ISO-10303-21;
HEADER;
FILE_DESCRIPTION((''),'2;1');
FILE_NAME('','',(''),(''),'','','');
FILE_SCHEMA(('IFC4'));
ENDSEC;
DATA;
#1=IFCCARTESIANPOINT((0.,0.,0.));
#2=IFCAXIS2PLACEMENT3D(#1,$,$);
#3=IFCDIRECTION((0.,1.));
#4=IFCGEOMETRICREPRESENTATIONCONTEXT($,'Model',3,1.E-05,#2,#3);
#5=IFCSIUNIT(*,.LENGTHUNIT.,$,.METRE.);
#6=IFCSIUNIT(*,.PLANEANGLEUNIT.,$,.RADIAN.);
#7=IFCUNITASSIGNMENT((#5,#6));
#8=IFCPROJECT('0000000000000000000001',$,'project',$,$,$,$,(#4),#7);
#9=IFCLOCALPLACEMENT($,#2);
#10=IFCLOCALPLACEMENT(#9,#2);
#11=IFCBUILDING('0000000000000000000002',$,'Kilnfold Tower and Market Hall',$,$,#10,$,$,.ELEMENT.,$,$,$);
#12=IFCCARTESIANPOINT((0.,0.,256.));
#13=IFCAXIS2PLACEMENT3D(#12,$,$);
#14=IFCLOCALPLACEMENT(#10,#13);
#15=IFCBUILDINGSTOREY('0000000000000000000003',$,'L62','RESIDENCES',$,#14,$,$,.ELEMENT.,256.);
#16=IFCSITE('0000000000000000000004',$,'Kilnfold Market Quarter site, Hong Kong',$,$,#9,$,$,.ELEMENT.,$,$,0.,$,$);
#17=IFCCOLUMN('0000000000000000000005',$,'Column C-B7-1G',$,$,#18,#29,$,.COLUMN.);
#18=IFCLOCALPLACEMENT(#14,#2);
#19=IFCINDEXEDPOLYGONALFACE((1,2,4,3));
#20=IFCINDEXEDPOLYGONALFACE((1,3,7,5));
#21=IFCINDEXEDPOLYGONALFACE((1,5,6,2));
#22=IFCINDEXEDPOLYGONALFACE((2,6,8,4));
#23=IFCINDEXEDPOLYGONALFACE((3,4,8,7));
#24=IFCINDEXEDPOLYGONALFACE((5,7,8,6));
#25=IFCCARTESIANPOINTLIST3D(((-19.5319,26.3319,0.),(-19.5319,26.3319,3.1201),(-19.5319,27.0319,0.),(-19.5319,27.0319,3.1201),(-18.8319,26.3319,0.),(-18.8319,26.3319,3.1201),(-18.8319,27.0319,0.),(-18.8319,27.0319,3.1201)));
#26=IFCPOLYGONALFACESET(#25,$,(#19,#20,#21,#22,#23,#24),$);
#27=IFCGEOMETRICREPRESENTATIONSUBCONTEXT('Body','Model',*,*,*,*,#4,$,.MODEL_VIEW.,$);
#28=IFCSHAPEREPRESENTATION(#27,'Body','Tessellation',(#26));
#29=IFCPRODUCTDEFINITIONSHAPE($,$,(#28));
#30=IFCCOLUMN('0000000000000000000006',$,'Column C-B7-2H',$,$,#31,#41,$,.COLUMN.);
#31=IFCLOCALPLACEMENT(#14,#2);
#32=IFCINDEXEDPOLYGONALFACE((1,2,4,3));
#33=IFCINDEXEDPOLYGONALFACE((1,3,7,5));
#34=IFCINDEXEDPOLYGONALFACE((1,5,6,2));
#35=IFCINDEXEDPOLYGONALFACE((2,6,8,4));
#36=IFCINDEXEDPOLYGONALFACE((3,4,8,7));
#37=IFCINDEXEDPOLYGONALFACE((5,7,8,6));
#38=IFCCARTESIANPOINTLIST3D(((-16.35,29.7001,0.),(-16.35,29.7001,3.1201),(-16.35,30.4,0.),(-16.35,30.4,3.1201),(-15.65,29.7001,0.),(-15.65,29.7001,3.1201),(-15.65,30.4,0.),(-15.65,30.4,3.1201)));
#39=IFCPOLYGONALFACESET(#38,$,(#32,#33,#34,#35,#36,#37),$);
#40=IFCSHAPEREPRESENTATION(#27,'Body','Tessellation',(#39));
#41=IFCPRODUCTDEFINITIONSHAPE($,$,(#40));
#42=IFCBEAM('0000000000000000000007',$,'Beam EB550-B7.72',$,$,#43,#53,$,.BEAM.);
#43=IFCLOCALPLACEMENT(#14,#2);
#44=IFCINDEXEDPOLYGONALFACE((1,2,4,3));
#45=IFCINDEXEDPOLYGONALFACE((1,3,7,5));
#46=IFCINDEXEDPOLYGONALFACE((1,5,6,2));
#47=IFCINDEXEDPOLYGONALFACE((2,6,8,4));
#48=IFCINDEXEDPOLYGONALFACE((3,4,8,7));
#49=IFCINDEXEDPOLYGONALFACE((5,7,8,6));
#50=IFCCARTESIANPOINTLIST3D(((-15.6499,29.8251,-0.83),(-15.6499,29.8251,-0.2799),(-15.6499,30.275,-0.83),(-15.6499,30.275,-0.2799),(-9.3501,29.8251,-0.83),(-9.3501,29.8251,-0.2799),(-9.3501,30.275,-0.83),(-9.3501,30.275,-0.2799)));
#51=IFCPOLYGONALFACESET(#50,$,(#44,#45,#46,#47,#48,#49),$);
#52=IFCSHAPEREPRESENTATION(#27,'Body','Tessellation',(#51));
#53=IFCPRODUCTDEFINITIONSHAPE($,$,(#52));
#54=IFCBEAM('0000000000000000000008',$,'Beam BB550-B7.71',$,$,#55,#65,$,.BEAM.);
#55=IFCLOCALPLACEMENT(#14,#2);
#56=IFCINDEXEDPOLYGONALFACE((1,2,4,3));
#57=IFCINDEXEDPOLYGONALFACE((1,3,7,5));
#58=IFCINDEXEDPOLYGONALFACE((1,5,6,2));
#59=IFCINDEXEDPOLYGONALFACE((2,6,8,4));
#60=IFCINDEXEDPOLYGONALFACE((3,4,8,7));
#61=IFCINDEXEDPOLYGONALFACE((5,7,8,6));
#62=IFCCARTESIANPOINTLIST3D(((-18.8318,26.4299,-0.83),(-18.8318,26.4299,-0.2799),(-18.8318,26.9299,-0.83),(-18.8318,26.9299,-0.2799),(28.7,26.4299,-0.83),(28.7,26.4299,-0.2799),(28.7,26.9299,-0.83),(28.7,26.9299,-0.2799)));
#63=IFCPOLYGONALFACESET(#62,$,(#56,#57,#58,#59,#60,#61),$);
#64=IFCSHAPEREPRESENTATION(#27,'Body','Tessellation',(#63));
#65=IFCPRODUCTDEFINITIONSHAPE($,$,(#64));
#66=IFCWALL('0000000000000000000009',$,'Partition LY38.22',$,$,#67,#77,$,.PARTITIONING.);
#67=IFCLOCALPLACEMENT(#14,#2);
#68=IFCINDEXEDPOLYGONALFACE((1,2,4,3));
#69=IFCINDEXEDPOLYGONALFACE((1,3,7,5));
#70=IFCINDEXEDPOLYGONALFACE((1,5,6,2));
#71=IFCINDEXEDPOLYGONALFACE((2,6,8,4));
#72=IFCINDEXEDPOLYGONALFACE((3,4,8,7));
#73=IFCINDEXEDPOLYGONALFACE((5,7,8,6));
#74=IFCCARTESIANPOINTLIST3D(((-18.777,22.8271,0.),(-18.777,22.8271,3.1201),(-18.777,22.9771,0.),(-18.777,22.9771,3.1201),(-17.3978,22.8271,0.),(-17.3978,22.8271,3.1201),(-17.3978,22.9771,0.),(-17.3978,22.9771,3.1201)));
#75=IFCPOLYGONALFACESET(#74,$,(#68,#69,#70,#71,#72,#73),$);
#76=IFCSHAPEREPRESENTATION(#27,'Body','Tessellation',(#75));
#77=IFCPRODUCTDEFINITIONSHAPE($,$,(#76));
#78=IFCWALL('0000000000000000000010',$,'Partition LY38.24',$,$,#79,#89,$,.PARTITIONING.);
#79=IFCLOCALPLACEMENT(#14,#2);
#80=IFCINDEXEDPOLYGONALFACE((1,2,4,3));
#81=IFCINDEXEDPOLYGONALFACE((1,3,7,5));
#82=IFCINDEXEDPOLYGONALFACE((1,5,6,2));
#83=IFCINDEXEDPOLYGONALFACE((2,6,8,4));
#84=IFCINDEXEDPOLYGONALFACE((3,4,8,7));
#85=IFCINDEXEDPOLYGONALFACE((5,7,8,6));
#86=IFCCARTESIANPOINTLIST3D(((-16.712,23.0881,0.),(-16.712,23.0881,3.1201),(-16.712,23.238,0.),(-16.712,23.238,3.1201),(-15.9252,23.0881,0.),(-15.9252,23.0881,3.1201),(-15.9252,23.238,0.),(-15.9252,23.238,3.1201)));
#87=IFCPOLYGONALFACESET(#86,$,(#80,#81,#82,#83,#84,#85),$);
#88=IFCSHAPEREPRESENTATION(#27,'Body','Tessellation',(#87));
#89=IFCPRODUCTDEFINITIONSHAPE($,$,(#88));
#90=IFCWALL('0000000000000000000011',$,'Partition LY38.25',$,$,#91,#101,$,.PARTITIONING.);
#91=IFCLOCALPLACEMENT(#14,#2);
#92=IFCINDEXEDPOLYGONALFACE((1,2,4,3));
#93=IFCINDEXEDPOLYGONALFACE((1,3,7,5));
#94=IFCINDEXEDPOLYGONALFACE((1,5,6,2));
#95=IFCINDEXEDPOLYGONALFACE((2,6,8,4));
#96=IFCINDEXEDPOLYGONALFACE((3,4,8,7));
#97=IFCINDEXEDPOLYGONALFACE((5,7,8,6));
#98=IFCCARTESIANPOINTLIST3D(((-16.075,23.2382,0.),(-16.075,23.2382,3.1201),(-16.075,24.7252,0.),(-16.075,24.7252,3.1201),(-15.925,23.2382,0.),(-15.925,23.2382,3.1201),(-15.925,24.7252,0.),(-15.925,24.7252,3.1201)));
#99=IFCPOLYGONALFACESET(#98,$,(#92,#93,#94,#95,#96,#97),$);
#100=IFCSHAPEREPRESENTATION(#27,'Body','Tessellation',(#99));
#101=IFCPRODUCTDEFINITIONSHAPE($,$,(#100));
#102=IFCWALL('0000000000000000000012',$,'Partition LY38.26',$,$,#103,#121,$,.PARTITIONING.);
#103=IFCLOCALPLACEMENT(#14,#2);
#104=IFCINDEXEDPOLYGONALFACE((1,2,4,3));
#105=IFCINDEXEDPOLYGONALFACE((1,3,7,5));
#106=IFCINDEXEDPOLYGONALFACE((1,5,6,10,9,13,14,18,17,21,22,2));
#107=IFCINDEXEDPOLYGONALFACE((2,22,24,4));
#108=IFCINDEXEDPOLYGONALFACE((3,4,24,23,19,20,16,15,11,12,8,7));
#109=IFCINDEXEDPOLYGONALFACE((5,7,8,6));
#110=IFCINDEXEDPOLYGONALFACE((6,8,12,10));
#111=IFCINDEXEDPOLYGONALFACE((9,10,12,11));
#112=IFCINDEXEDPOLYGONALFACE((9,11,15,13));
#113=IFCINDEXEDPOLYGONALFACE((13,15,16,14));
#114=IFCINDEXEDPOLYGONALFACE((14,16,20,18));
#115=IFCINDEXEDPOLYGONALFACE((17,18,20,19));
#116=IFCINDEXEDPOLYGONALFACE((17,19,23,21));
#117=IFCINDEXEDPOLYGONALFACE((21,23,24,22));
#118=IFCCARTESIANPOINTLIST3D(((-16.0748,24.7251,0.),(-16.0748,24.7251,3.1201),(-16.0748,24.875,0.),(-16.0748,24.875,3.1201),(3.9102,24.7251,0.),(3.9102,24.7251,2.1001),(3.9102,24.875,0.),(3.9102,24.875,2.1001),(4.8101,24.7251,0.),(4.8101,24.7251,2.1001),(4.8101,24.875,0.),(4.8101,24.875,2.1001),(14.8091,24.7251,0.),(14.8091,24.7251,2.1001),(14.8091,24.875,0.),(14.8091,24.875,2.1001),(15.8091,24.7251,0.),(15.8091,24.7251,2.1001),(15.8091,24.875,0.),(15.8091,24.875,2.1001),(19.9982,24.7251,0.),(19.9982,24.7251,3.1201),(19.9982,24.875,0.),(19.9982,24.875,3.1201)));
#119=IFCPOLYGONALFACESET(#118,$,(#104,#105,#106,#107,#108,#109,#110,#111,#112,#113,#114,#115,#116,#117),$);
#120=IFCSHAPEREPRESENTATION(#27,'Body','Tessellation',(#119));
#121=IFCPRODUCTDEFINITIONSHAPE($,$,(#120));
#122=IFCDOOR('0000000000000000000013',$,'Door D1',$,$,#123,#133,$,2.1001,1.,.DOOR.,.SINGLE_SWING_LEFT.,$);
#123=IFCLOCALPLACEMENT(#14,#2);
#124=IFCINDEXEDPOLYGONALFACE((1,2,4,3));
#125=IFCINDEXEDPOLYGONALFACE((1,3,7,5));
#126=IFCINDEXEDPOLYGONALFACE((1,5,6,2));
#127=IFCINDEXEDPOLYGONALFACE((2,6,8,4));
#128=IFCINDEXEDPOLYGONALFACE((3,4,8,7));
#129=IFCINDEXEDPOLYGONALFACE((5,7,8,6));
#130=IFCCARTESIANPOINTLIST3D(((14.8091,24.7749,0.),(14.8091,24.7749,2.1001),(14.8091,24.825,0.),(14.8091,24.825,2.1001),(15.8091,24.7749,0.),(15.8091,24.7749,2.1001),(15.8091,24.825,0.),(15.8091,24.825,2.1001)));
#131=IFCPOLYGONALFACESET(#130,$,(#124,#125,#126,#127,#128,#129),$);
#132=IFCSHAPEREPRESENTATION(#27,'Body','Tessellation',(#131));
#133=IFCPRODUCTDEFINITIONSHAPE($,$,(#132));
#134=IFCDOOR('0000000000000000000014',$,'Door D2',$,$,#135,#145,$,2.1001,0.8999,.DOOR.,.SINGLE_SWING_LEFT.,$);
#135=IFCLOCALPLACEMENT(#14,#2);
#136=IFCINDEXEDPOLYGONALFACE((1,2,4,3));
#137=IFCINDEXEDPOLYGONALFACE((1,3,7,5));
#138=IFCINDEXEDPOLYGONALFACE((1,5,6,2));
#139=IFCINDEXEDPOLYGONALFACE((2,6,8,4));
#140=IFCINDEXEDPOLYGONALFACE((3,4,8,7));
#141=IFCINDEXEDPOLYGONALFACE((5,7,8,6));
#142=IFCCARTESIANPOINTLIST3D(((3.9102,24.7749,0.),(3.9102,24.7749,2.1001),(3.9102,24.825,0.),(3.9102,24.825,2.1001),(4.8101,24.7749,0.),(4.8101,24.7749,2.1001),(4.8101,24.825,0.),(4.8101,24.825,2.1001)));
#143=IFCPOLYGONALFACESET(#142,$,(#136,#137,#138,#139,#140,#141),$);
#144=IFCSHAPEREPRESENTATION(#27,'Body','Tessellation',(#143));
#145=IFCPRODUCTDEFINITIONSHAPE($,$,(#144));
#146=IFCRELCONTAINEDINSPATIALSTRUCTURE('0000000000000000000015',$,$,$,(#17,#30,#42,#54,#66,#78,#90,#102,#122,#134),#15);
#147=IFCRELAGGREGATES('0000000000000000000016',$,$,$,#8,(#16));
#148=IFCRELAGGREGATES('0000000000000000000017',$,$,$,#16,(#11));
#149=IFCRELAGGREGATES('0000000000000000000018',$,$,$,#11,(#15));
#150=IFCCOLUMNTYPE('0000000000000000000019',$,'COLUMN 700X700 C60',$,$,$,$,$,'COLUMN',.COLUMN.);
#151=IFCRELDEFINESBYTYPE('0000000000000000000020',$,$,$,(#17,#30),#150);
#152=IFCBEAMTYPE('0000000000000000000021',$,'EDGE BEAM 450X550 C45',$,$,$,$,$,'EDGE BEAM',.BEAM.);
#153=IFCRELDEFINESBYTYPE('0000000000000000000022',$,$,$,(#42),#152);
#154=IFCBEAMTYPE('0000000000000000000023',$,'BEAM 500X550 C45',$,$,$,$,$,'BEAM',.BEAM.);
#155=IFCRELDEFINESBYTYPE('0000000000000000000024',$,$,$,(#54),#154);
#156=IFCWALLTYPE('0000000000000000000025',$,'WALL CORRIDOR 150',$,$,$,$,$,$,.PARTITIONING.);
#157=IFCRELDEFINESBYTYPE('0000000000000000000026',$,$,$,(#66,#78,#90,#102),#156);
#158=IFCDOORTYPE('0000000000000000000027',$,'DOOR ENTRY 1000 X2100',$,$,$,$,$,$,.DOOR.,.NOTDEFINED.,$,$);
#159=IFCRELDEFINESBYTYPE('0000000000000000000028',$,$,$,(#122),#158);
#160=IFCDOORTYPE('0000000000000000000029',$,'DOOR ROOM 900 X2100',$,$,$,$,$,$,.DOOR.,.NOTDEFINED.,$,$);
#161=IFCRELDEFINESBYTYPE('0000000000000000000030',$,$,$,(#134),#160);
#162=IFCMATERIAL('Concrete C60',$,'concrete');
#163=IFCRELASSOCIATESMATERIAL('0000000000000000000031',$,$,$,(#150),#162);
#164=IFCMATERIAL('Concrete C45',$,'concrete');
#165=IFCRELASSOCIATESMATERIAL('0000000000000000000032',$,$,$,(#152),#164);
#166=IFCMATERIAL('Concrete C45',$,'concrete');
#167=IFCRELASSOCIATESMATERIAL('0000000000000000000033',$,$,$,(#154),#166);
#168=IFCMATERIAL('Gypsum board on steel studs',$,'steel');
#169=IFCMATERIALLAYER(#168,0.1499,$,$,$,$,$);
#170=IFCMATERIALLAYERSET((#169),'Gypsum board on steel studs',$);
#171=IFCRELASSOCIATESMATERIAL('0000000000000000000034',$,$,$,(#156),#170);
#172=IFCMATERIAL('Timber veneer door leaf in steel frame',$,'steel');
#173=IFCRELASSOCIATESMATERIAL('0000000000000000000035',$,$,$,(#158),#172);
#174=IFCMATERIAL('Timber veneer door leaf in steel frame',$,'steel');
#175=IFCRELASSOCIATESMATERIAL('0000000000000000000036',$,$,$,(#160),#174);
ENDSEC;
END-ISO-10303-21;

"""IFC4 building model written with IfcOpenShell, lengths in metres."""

from ifc_helpers import new_model, si_unit, direction, frame, frame_2d, origin, origin_2d, place, context, subcontext, project, spatial, rectangle, extrude, source, transform, mapped, material, layer, layer_set, material_profile, profile_set, type_object, element, fill, save


model = new_model("IFC4")

# Units and contexts
model_context = context("Model", 3, precision=1e-05, world=origin(), true_north=direction((0.0, 1.0)))
body_context = subcontext(model_context, "Body", "Model", "MODEL_VIEW")
ifc_project = project(units=[si_unit("LENGTHUNIT", "METRE"), si_unit("PLANEANGLEUNIT", "RADIAN")], contexts=[model_context])

# Site, building, storey
site_placement = place(None, origin())
site = spatial("IfcSite", under=ifc_project, at=site_placement, Name="Kilnfold Market Quarter site, Hong Kong", CompositionType="ELEMENT", RefElevation=0.0)
building_placement = place(site_placement, origin())
building = spatial("IfcBuilding", under=site, at=building_placement, Name="Kilnfold Tower and Market Hall", CompositionType="ELEMENT")
storey_placement = place(building_placement, frame((0.0, 0.0, 256.0)))
storey = spatial("IfcBuildingStorey", under=building, at=storey_placement, Name="L62", Description="RESIDENCES", CompositionType="ELEMENT", Elevation=256.0)

# Columns
ifc_material_1 = material(Name="Concrete C60", Category="concrete")
ifc_material_profile_1 = material_profile(ifc_material_1, rectangle(XDim=0.7, YDim=0.7, at=origin_2d()), Name="RC 700x700")
ifc_profile_set_1 = profile_set([ifc_material_profile_1], Name="Concrete C60")
column_type = type_object("IfcColumnType", Name="COLUMN 700X700 C60", ElementType="COLUMN", PredefinedType="COLUMN", material=ifc_profile_set_1)
shared_shape_1 = source(origin(), body_context, "Body", "SweptSolid", [
    extrude(rectangle(XDim=0.7, YDim=0.7, at=origin_2d()), origin(), (0.0, 0.0, 1.0), 3.1201),
])
for number, where, z_axis, x_axis, name in (
    (1, (-19.1819, 26.6819, 0.0), (0.0, 0.0, 1.0), (1.0, 0.0, 0.0), "Column C-B7-1G"),
    (2, (-16.0, 30.05, 0.0), (0.0, 0.0, 1.0), (1.0, 0.0, 0.0), "Column C-B7-2H"),
):
    element("IfcColumn", number, at=place(storey_placement, frame(where, z_axis=z_axis, x_axis=x_axis)), inside=storey, type_object=column_type, Name=name, PredefinedType="COLUMN", context=body_context, shape_type="MappedRepresentation", body=[
        mapped(shared_shape_1, transform((0.0, 0.0, 0.0))),
    ])

# Beams
ifc_material_2 = material(Name="Concrete C45", Category="concrete")
ifc_material_profile_2 = material_profile(ifc_material_2, rectangle(XDim=0.45, YDim=0.55, at=origin_2d()), Name="RC 450x550")
ifc_profile_set_2 = profile_set([ifc_material_profile_2], Name="Concrete C45")
beam_type_1 = type_object("IfcBeamType", Name="EDGE BEAM 450X550 C45", ElementType="EDGE BEAM", PredefinedType="BEAM", material=ifc_profile_set_2)
shared_shape_2 = source(origin(), body_context, "Body", "SweptSolid", [
    extrude(rectangle(XDim=0.45, YDim=0.55, at=origin_2d()), origin(), (0.0, 0.0, 1.0), 6.2998),
])
beam_1_placement = place(storey_placement, frame((-15.6499, 30.05, -0.5549), z_axis=(1.0, 0.0, 0.0), x_axis=(0.0, 1.0, 0.0)))
element("IfcBeam", 3, at=beam_1_placement, inside=storey, type_object=beam_type_1, Name="Beam EB550-B7.72", PredefinedType="BEAM", context=body_context, shape_type="MappedRepresentation", body=[
    mapped(shared_shape_2, transform((0.0, 0.0, 0.0))),
])
ifc_material_3 = material(Name="Concrete C45", Category="concrete")
ifc_material_profile_3 = material_profile(ifc_material_3, rectangle(XDim=0.5, YDim=0.55, at=origin_2d()), Name="RC 500x550")
ifc_profile_set_3 = profile_set([ifc_material_profile_3], Name="Concrete C45")
beam_type_2 = type_object("IfcBeamType", Name="BEAM 500X550 C45", ElementType="BEAM", PredefinedType="BEAM", material=ifc_profile_set_3)
shared_shape_3 = source(origin(), body_context, "Body", "SweptSolid", [
    extrude(rectangle(XDim=0.5, YDim=0.55, at=origin_2d()), origin(), (0.0, 0.0, 1.0), 47.5317),
])
beam_2_placement = place(storey_placement, frame((-18.8318, 26.6799, -0.5549), z_axis=(1.0, 0.0, 0.0), x_axis=(0.0, 1.0, 0.0)))
element("IfcBeam", 4, at=beam_2_placement, inside=storey, type_object=beam_type_2, Name="Beam BB550-B7.71", PredefinedType="BEAM", context=body_context, shape_type="MappedRepresentation", body=[
    mapped(shared_shape_3, transform((0.0, 0.0, 0.0))),
])

# Walls
ifc_material_4 = material(Name="Gypsum board on steel studs", Category="steel")
ifc_layer_1 = layer(ifc_material_4, 0.1499)
ifc_layer_set_1 = layer_set([ifc_layer_1], Name="Gypsum board on steel studs")
wall_type_1 = type_object("IfcWallType", Name="WALL CORRIDOR 150", PredefinedType="PARTITIONING", material=ifc_layer_set_1)
wall_1_placement = place(storey_placement, frame((-17.3979, 22.9021, 0.0), z_axis=(0.0, 0.0, 1.0), x_axis=(-1.0, 0.0, 0.0)))
element("IfcWall", 5, at=wall_1_placement, inside=storey, type_object=wall_type_1, Name="Partition LY38.22", PredefinedType="PARTITIONING", context=body_context, shape_type="SweptSolid", body=[
    extrude(rectangle(XDim=1.3792, YDim=0.1499, at=frame_2d((0.6895, 0.0))), origin(), (0.0, 0.0, 1.0), 3.1201),
])
wall_2_placement = place(storey_placement, frame((-15.925, 23.1631, 0.0), z_axis=(0.0, 0.0, 1.0), x_axis=(-1.0, 0.0, 0.0)))
element("IfcWall", 6, at=wall_2_placement, inside=storey, type_object=wall_type_1, Name="Partition LY38.24", PredefinedType="PARTITIONING", context=body_context, shape_type="SweptSolid", body=[
    extrude(rectangle(XDim=0.7869, YDim=0.1499, at=frame_2d((0.3936, 0.0))), origin(), (0.0, 0.0, 1.0), 3.1201),
])
wall_3_placement = place(storey_placement, frame((-16.0, 23.238, 0.0), z_axis=(0.0, 0.0, 1.0), x_axis=(0.0, 1.0, 0.0)))
element("IfcWall", 7, at=wall_3_placement, inside=storey, type_object=wall_type_1, Name="Partition LY38.25", PredefinedType="PARTITIONING", context=body_context, shape_type="SweptSolid", body=[
    extrude(rectangle(XDim=1.4871, YDim=0.1499, at=frame_2d((0.7437, 0.0))), origin(), (0.0, 0.0, 1.0), 3.1201),
])

# Wall, openings, doors
wall_4_placement = place(storey_placement, frame((-16.075, 24.8, 0.0), z_axis=(0.0, 0.0, 1.0), x_axis=(1.0, 0.0, 0.0)))
wall_4 = element("IfcWall", 8, at=wall_4_placement, inside=storey, type_object=wall_type_1, Name="Partition LY38.26", PredefinedType="PARTITIONING", context=body_context, shape_type="SweptSolid", body=[
    extrude(rectangle(XDim=36.073, YDim=0.1499, at=frame_2d((18.0366, 0.0))), origin(), (0.0, 0.0, 1.0), 3.1201),
])
opening_1_placement = place(wall_4_placement, frame((19.9851, 0.0, 0.0)))
opening_1 = element("IfcOpeningElement", 9, at=opening_1_placement, cuts=wall_4, PredefinedType="OPENING", context=body_context, shape_type="SweptSolid", body=[
    extrude(rectangle(XDim=0.8999, YDim=2.1001, at=frame_2d((0.45, 1.05))), frame((0.0, 0.085, 0.0), z_axis=(0.0, -1.0, 0.0), x_axis=(1.0, 0.0, 0.0)), (0.0, 0.0, 1.0), 0.1699),
])
opening_2_placement = place(wall_4_placement, frame((30.884, 0.0, 0.0)))
opening_2 = element("IfcOpeningElement", 10, at=opening_2_placement, cuts=wall_4, PredefinedType="OPENING", context=body_context, shape_type="SweptSolid", body=[
    extrude(rectangle(XDim=1.0, YDim=2.1001, at=frame_2d((0.5, 1.05))), frame((0.0, 0.085, 0.0), z_axis=(0.0, -1.0, 0.0), x_axis=(1.0, 0.0, 0.0)), (0.0, 0.0, 1.0), 0.1699),
])
ifc_material_5 = material(Name="Timber veneer door leaf in steel frame", Category="steel")
door_type_1 = type_object("IfcDoorType", Name="DOOR ENTRY 1000 X2100", OperationType="NOTDEFINED", PredefinedType="DOOR", material=ifc_material_5)
door_1_placement = place(opening_2_placement, origin())
door_1 = element("IfcDoor", 11, at=door_1_placement, inside=storey, type_object=door_type_1, Name="Door D1", OperationType="SINGLE_SWING_LEFT", OverallHeight=2.1001, OverallWidth=1.0, PredefinedType="DOOR", context=body_context, shape_type="SweptSolid", body=[
    extrude(rectangle(XDim=1.0, YDim=2.1001, at=frame_2d((0.5, 1.05))), frame((0.0, 0.0249, 0.0), z_axis=(0.0, -1.0, 0.0), x_axis=(1.0, 0.0, 0.0)), (0.0, 0.0, 1.0), 0.05),
])
fill(opening_2, door_1)
ifc_material_6 = material(Name="Timber veneer door leaf in steel frame", Category="steel")
door_type_2 = type_object("IfcDoorType", Name="DOOR ROOM 900 X2100", OperationType="NOTDEFINED", PredefinedType="DOOR", material=ifc_material_6)
door_2_placement = place(opening_1_placement, origin())
door_2 = element("IfcDoor", 12, at=door_2_placement, inside=storey, type_object=door_type_2, Name="Door D2", OperationType="SINGLE_SWING_LEFT", OverallHeight=2.1001, OverallWidth=0.8999, PredefinedType="DOOR", context=body_context, shape_type="SweptSolid", body=[
    extrude(rectangle(XDim=0.8999, YDim=2.1001, at=frame_2d((0.45, 1.05))), frame((0.0, 0.0249, 0.0), z_axis=(0.0, -1.0, 0.0), x_axis=(1.0, 0.0, 0.0)), (0.0, 0.0, 1.0), 0.05),
])
fill(opening_1, door_2)

save(model, "model.ifc")
